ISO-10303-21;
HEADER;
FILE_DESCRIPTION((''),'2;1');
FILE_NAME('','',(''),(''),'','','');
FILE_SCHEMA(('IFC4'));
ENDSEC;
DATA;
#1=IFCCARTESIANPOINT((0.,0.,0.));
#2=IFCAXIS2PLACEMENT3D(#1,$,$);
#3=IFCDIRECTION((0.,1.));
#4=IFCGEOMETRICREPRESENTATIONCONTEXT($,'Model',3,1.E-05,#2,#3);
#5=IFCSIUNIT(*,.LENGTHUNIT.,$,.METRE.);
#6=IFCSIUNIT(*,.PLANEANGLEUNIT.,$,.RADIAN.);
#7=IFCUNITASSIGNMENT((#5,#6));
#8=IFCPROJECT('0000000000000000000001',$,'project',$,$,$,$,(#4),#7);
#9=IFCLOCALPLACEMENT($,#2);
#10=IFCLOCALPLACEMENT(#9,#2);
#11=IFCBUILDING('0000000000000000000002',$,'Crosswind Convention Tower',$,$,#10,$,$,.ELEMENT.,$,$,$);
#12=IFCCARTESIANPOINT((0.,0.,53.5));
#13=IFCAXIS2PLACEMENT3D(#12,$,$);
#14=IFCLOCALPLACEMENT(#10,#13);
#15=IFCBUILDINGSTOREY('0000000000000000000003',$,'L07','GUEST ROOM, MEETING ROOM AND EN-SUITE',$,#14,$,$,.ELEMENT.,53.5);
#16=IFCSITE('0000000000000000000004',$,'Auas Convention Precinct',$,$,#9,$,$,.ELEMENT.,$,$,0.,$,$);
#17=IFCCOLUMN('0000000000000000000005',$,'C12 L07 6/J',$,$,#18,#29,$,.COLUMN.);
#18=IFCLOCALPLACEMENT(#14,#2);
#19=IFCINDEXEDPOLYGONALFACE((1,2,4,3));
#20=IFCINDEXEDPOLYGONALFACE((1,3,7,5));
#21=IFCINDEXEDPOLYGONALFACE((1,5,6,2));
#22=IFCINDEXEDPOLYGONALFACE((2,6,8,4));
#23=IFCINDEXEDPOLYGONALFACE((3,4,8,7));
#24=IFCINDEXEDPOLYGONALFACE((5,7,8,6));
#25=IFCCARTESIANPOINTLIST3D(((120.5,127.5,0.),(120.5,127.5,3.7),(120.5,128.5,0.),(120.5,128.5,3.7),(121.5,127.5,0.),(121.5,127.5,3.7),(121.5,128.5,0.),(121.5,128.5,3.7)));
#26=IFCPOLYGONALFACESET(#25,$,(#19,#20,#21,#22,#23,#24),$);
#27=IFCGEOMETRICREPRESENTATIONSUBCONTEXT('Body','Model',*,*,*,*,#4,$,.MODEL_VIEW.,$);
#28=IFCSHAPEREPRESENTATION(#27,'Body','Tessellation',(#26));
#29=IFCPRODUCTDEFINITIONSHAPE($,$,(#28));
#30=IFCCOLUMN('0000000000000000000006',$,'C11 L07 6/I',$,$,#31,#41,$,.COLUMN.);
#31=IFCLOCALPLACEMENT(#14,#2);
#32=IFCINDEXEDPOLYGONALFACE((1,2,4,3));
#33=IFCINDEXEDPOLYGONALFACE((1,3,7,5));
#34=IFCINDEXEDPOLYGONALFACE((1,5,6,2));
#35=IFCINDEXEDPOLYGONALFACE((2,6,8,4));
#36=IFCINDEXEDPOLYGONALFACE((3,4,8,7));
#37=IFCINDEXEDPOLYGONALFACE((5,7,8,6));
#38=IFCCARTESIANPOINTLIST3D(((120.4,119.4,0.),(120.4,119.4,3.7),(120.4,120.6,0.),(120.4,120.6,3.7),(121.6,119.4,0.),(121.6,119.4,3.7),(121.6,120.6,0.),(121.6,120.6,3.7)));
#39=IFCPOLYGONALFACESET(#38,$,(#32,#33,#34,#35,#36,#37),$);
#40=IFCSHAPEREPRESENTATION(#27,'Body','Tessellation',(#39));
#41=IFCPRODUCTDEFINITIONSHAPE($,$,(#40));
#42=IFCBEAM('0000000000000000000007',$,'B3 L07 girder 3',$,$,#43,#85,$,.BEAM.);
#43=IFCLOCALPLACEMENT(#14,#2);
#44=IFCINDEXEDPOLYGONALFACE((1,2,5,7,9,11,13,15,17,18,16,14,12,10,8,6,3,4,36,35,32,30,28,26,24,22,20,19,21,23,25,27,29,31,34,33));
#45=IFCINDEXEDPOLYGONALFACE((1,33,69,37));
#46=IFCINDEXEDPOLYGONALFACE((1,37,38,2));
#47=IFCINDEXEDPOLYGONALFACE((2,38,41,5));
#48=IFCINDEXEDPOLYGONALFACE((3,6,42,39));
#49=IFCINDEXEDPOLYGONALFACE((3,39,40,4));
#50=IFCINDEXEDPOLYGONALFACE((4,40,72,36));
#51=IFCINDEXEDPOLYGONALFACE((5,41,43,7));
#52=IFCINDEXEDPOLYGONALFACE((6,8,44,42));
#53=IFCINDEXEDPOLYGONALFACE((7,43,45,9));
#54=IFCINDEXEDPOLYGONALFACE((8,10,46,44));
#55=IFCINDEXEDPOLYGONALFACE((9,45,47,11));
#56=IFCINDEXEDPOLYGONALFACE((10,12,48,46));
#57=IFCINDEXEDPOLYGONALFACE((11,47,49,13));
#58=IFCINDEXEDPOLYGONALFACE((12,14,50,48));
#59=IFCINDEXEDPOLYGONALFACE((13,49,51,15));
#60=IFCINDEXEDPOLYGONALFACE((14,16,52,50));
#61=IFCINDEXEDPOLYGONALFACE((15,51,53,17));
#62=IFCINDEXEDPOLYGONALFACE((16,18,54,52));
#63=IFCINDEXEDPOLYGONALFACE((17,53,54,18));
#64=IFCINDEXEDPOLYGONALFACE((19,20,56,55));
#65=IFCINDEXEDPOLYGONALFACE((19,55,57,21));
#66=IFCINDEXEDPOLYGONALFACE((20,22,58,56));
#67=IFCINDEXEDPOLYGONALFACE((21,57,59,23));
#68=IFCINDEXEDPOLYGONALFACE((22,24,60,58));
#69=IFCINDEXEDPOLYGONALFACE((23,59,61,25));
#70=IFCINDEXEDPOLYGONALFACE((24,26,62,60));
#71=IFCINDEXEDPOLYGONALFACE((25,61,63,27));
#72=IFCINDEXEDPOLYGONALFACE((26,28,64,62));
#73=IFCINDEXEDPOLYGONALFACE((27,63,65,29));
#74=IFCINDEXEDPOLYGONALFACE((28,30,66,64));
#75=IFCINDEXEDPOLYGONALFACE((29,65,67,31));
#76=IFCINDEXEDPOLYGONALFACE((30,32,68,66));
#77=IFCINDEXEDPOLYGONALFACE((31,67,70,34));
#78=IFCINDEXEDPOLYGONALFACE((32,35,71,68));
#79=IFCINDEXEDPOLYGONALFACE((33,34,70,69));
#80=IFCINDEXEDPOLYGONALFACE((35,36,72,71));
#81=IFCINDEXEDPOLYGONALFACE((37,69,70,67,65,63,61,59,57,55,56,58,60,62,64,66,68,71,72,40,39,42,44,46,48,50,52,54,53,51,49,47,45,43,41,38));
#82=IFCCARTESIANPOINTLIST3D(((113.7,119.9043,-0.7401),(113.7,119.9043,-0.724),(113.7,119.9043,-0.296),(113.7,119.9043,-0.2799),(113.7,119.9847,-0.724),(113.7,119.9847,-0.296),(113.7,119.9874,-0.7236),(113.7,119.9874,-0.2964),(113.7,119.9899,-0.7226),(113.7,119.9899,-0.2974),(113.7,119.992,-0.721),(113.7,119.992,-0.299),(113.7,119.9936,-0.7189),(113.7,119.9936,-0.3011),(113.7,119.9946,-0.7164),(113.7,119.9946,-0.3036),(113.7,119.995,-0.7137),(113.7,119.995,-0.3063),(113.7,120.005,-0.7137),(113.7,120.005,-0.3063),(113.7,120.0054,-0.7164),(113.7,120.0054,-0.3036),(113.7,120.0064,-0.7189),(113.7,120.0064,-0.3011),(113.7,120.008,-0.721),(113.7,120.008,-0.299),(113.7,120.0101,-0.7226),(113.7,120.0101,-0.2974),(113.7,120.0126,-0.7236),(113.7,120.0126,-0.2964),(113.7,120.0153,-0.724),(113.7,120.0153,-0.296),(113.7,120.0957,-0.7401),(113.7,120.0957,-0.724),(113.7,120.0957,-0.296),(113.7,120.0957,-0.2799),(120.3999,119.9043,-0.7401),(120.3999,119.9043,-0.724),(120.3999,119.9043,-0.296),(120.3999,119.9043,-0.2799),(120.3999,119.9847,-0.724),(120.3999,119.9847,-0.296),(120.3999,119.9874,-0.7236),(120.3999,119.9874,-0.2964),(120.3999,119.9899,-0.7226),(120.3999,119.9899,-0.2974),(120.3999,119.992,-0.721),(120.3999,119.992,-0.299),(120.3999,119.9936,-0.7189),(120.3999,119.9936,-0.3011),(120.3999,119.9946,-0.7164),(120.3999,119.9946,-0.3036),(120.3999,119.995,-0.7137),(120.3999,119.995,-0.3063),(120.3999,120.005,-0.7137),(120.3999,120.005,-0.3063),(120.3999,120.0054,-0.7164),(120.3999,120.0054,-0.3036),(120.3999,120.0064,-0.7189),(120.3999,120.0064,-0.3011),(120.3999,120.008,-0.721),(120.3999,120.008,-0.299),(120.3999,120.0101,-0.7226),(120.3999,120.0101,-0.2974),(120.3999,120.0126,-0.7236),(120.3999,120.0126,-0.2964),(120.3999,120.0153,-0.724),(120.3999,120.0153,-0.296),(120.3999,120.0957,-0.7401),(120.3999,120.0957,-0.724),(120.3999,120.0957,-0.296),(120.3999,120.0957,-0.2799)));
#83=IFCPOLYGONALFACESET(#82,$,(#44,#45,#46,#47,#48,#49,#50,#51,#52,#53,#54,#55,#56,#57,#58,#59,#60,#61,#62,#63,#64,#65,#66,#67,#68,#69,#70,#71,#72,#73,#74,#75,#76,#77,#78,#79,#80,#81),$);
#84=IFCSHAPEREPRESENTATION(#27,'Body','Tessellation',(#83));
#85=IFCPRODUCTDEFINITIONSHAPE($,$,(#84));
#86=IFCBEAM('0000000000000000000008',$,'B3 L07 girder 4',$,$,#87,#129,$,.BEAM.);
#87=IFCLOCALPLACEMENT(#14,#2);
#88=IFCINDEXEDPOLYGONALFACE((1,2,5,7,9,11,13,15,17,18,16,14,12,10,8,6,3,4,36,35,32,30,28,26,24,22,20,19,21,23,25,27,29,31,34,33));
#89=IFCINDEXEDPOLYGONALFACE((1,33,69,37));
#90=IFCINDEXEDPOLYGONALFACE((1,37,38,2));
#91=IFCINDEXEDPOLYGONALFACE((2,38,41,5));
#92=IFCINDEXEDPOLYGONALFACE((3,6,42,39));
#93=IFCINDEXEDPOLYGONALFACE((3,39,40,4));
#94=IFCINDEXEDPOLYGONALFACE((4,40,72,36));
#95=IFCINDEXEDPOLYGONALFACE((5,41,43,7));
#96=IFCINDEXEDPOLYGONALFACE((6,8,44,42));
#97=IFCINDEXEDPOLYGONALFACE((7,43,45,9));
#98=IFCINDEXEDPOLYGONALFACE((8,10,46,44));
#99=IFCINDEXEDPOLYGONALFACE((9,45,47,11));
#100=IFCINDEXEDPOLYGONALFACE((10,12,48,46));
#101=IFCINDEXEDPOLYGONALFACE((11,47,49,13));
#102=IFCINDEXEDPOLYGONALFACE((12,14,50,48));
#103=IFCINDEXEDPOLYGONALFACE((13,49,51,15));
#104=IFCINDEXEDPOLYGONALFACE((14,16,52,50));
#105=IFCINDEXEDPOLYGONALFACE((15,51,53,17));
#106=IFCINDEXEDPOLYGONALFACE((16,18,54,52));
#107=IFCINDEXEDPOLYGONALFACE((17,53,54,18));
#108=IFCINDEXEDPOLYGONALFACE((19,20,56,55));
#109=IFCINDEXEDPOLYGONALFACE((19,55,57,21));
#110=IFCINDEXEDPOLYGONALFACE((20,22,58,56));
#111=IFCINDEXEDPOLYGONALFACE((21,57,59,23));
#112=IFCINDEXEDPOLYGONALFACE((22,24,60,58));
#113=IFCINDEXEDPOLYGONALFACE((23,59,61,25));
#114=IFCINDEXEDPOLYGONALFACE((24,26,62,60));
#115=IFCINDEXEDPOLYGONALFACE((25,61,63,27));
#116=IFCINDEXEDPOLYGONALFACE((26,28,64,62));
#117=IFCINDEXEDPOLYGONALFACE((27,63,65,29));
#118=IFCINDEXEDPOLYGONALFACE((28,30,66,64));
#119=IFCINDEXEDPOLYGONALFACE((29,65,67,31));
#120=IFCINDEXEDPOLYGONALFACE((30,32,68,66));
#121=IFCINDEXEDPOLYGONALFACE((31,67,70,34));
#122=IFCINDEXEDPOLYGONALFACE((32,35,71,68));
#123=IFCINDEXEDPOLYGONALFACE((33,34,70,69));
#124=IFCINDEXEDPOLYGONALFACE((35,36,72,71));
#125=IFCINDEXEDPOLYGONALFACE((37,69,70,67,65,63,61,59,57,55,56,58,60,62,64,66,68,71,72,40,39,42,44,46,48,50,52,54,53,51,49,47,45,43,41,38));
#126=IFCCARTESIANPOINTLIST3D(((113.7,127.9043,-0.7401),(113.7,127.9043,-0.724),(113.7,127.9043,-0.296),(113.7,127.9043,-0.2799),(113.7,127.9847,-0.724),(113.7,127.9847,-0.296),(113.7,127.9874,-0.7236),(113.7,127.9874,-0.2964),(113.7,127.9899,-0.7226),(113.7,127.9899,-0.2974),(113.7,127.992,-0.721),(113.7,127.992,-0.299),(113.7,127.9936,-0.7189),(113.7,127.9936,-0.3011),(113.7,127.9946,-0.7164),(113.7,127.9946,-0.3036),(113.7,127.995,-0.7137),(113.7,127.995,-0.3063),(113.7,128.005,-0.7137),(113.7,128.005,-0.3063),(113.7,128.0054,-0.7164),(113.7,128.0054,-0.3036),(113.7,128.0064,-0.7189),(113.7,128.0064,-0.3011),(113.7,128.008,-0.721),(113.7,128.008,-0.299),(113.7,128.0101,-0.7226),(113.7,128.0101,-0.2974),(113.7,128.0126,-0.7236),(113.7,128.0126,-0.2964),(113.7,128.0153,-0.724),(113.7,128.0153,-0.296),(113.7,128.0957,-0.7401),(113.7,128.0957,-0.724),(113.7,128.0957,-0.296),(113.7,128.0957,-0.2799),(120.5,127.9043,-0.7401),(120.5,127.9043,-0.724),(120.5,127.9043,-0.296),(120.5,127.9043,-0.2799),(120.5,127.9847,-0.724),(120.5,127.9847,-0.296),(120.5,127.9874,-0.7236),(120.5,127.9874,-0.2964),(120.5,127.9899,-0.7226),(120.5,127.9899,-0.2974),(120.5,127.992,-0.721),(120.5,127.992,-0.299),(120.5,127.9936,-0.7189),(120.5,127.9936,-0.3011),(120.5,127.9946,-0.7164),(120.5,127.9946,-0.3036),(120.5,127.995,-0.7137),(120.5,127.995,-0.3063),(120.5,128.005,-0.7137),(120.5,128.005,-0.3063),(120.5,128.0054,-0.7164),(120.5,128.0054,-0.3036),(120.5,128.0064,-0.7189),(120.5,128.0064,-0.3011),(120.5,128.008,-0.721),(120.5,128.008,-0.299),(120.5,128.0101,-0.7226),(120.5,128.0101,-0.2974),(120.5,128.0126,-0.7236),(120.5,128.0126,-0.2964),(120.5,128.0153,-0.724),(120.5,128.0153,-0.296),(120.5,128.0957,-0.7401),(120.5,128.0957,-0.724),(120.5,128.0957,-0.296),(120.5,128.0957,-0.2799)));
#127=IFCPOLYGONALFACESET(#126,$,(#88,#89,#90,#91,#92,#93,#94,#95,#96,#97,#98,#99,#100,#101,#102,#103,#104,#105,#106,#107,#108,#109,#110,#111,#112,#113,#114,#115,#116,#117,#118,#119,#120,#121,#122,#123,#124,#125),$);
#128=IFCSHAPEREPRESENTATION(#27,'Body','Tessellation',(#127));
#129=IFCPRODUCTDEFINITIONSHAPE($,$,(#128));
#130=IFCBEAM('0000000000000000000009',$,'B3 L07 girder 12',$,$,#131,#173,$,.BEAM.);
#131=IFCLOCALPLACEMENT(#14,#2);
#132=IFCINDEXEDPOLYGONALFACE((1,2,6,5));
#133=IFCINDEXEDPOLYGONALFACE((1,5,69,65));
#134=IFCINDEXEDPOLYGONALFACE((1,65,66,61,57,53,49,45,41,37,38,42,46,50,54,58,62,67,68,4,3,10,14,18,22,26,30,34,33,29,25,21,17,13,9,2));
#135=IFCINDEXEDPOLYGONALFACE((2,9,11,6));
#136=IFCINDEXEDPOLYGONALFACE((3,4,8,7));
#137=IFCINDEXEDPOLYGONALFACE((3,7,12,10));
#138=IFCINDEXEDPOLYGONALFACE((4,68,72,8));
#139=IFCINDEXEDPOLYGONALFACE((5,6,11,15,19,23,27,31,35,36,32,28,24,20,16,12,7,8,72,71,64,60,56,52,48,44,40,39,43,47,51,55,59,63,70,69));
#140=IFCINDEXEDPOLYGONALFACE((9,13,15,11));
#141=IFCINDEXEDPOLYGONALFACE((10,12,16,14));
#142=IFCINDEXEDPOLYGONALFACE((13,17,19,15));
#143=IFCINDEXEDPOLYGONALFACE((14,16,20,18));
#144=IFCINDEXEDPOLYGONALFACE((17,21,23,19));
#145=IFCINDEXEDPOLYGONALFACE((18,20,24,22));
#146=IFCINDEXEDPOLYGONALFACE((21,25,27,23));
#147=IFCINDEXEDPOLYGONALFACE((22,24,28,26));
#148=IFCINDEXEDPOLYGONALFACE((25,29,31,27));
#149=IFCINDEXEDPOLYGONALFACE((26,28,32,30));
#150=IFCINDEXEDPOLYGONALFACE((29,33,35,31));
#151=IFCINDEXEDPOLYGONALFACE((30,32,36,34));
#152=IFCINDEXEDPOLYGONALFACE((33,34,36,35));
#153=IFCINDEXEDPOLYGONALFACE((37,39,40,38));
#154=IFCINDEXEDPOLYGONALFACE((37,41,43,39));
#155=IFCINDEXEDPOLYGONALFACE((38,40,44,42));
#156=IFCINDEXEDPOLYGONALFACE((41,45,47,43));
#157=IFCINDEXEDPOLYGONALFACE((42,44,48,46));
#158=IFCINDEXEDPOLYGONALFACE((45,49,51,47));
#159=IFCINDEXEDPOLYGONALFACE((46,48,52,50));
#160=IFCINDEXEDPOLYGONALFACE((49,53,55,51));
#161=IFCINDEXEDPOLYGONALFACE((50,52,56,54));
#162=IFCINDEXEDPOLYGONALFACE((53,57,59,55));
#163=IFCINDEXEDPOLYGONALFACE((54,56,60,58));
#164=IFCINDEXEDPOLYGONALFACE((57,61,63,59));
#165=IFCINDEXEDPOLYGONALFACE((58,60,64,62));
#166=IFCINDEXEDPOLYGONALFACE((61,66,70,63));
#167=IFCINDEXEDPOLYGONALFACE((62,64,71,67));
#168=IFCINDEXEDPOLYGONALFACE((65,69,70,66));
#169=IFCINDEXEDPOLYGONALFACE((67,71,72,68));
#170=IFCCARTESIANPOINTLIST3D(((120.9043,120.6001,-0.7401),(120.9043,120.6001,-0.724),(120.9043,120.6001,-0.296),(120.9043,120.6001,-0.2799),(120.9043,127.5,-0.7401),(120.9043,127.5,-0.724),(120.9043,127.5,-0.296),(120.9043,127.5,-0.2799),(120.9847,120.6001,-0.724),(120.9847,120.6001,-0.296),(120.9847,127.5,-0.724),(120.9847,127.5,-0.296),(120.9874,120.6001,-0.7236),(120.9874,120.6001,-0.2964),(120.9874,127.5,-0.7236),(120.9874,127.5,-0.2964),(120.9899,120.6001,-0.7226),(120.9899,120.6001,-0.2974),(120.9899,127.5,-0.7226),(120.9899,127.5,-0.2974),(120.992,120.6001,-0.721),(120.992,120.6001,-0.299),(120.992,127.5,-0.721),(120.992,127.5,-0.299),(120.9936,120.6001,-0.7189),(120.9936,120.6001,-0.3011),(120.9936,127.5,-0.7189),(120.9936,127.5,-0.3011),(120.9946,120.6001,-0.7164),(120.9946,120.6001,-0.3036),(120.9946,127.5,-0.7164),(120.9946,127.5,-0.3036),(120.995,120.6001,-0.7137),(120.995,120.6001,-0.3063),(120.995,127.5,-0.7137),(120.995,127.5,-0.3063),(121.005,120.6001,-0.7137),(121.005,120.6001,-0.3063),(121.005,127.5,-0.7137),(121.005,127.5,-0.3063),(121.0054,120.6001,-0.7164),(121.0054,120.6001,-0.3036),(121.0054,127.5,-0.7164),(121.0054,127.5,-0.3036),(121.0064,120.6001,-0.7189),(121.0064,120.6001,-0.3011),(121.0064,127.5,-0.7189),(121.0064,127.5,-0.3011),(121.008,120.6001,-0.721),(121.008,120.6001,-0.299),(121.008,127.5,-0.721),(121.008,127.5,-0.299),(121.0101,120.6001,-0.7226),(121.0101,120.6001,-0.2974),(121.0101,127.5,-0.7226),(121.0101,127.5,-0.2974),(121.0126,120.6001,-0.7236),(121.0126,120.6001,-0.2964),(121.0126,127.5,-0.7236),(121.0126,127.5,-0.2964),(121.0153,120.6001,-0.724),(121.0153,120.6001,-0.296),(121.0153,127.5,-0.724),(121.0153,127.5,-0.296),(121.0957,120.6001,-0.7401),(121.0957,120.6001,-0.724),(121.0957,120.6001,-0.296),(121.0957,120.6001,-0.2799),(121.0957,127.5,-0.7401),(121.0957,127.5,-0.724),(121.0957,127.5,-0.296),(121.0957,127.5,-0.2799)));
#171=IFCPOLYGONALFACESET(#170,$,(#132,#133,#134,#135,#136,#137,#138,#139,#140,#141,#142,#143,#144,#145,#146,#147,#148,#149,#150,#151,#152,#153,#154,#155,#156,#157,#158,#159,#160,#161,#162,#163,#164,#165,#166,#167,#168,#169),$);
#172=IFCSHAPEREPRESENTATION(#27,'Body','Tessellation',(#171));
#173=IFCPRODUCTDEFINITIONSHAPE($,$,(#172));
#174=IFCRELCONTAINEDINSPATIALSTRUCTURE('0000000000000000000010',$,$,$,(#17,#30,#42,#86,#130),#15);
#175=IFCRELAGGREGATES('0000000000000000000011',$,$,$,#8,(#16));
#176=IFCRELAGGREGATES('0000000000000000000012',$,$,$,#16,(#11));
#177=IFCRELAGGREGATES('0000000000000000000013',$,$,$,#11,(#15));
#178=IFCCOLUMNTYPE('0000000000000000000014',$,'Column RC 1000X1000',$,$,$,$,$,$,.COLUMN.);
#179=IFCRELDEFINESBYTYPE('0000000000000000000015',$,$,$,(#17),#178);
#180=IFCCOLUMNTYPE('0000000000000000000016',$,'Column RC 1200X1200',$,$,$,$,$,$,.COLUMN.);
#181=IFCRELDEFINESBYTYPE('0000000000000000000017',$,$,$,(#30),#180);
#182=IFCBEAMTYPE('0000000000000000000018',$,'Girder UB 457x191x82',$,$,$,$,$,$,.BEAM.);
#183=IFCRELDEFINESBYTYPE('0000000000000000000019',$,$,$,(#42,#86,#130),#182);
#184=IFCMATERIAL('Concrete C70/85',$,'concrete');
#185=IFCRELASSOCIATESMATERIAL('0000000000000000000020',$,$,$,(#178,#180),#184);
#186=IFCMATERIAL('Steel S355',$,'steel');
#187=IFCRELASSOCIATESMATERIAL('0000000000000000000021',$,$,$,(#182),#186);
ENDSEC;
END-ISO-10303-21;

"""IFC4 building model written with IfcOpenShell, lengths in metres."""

from ifc_helpers import new_model, si_unit, direction, frame, origin, origin_2d, place, context, subcontext, project, spatial, rectangle, i_section, extrude, material, material_profile, profile_set, type_object, element, save


model = new_model("IFC4")

# Units and contexts
model_context = context("Model", 3, precision=1e-05, world=origin(), true_north=direction((0.0, 1.0)))
body_context = subcontext(model_context, "Body", "Model", "MODEL_VIEW")
ifc_project = project(units=[si_unit("LENGTHUNIT", "METRE"), si_unit("PLANEANGLEUNIT", "RADIAN")], contexts=[model_context])

# Site, building, storey
site_placement = place(None, origin())
site = spatial("IfcSite", under=ifc_project, at=site_placement, Name="Auas Convention Precinct", CompositionType="ELEMENT", RefElevation=0.0)
building_placement = place(site_placement, origin())
building = spatial("IfcBuilding", under=site, at=building_placement, Name="Crosswind Convention Tower", CompositionType="ELEMENT")
storey_placement = place(building_placement, frame((0.0, 0.0, 53.5)))
storey = spatial("IfcBuildingStorey", under=building, at=storey_placement, Name="L07", Description="GUEST ROOM, MEETING ROOM AND EN-SUITE", CompositionType="ELEMENT", Elevation=53.5)

# Columns
ifc_material_1 = material(Name="Concrete C70/85", Category="concrete")
ifc_material_profile_1 = material_profile(ifc_material_1, rectangle(XDim=1.0, YDim=1.0, at=origin_2d()), Name="RC 1000X1000")
ifc_profile_set_1 = profile_set([ifc_material_profile_1], Name="Concrete C70/85")
column_type_1 = type_object("IfcColumnType", Name="Column RC 1000X1000", PredefinedType="COLUMN", material=ifc_profile_set_1)
column_1_placement = place(storey_placement, frame((121.0, 128.0, 0.0), z_axis=(0.0, 0.0, 1.0), x_axis=(1.0, 0.0, 0.0)))
element("IfcColumn", 1, at=column_1_placement, inside=storey, type_object=column_type_1, Name="C12 L07 6/J", PredefinedType="COLUMN", context=body_context, shape_type="SweptSolid", body=[
    extrude(rectangle(XDim=1.0, YDim=1.0, at=origin_2d()), origin(), (0.0, 0.0, 1.0), 3.7),
])
ifc_material_profile_2 = material_profile(ifc_material_1, rectangle(XDim=1.2, YDim=1.2, at=origin_2d()), Name="RC 1200X1200")
ifc_profile_set_2 = profile_set([ifc_material_profile_2], Name="Concrete C70/85")
column_type_2 = type_object("IfcColumnType", Name="Column RC 1200X1200", PredefinedType="COLUMN", material=ifc_profile_set_2)
column_2_placement = place(storey_placement, frame((121.0, 120.0, 0.0), z_axis=(0.0, 0.0, 1.0), x_axis=(1.0, 0.0, 0.0)))
element("IfcColumn", 2, at=column_2_placement, inside=storey, type_object=column_type_2, Name="C11 L07 6/I", PredefinedType="COLUMN", context=body_context, shape_type="SweptSolid", body=[
    extrude(rectangle(XDim=1.2, YDim=1.2, at=origin_2d()), origin(), (0.0, 0.0, 1.0), 3.7),
])

# Beams
ifc_material_2 = material(Name="Steel S355", Category="steel")
ifc_material_profile_3 = material_profile(ifc_material_2, i_section(OverallWidth=0.1914, OverallDepth=0.4602, WebThickness=0.01, FlangeThickness=0.0161, FilletRadius=0.0103, at=origin_2d()), Name="UB 457x191x82")
ifc_profile_set_3 = profile_set([ifc_material_profile_3], Name="Steel S355")
beam_type_1 = type_object("IfcBeamType", Name="Girder UB 457x191x82", PredefinedType="BEAM", material=ifc_profile_set_3)
beam_1_placement = place(storey_placement, frame((113.7, 120.0, -0.51), z_axis=(1.0, 0.0, 0.0), x_axis=(0.0, 1.0, 0.0)))
element("IfcBeam", 3, at=beam_1_placement, inside=storey, type_object=beam_type_1, Name="B3 L07 girder 3", PredefinedType="BEAM", context=body_context, shape_type="SweptSolid", body=[
    extrude(i_section(OverallWidth=0.1914, OverallDepth=0.4602, WebThickness=0.01, FlangeThickness=0.0161, FilletRadius=0.0103, at=origin_2d()), origin(), (0.0, 0.0, 1.0), 6.7),
])
beam_2_placement = place(storey_placement, frame((113.7, 128.0, -0.51), z_axis=(1.0, 0.0, 0.0), x_axis=(0.0, 1.0, 0.0)))
element("IfcBeam", 4, at=beam_2_placement, inside=storey, type_object=beam_type_1, Name="B3 L07 girder 4", PredefinedType="BEAM", context=body_context, shape_type="SweptSolid", body=[
    extrude(i_section(OverallWidth=0.1914, OverallDepth=0.4602, WebThickness=0.01, FlangeThickness=0.0161, FilletRadius=0.0103, at=origin_2d()), origin(), (0.0, 0.0, 1.0), 6.8),
])
beam_3_placement = place(storey_placement, frame((121.0, 120.6001, -0.51), z_axis=(0.0, 1.0, 0.0), x_axis=(-1.0, 0.0, 0.0)))
element("IfcBeam", 5, at=beam_3_placement, inside=storey, type_object=beam_type_1, Name="B3 L07 girder 12", PredefinedType="BEAM", context=body_context, shape_type="SweptSolid", body=[
    extrude(i_section(OverallWidth=0.1914, OverallDepth=0.4602, WebThickness=0.01, FlangeThickness=0.0161, FilletRadius=0.0103, at=origin_2d()), origin(), (0.0, 0.0, 1.0), 6.8999),
])

save(model, "model.ifc")
